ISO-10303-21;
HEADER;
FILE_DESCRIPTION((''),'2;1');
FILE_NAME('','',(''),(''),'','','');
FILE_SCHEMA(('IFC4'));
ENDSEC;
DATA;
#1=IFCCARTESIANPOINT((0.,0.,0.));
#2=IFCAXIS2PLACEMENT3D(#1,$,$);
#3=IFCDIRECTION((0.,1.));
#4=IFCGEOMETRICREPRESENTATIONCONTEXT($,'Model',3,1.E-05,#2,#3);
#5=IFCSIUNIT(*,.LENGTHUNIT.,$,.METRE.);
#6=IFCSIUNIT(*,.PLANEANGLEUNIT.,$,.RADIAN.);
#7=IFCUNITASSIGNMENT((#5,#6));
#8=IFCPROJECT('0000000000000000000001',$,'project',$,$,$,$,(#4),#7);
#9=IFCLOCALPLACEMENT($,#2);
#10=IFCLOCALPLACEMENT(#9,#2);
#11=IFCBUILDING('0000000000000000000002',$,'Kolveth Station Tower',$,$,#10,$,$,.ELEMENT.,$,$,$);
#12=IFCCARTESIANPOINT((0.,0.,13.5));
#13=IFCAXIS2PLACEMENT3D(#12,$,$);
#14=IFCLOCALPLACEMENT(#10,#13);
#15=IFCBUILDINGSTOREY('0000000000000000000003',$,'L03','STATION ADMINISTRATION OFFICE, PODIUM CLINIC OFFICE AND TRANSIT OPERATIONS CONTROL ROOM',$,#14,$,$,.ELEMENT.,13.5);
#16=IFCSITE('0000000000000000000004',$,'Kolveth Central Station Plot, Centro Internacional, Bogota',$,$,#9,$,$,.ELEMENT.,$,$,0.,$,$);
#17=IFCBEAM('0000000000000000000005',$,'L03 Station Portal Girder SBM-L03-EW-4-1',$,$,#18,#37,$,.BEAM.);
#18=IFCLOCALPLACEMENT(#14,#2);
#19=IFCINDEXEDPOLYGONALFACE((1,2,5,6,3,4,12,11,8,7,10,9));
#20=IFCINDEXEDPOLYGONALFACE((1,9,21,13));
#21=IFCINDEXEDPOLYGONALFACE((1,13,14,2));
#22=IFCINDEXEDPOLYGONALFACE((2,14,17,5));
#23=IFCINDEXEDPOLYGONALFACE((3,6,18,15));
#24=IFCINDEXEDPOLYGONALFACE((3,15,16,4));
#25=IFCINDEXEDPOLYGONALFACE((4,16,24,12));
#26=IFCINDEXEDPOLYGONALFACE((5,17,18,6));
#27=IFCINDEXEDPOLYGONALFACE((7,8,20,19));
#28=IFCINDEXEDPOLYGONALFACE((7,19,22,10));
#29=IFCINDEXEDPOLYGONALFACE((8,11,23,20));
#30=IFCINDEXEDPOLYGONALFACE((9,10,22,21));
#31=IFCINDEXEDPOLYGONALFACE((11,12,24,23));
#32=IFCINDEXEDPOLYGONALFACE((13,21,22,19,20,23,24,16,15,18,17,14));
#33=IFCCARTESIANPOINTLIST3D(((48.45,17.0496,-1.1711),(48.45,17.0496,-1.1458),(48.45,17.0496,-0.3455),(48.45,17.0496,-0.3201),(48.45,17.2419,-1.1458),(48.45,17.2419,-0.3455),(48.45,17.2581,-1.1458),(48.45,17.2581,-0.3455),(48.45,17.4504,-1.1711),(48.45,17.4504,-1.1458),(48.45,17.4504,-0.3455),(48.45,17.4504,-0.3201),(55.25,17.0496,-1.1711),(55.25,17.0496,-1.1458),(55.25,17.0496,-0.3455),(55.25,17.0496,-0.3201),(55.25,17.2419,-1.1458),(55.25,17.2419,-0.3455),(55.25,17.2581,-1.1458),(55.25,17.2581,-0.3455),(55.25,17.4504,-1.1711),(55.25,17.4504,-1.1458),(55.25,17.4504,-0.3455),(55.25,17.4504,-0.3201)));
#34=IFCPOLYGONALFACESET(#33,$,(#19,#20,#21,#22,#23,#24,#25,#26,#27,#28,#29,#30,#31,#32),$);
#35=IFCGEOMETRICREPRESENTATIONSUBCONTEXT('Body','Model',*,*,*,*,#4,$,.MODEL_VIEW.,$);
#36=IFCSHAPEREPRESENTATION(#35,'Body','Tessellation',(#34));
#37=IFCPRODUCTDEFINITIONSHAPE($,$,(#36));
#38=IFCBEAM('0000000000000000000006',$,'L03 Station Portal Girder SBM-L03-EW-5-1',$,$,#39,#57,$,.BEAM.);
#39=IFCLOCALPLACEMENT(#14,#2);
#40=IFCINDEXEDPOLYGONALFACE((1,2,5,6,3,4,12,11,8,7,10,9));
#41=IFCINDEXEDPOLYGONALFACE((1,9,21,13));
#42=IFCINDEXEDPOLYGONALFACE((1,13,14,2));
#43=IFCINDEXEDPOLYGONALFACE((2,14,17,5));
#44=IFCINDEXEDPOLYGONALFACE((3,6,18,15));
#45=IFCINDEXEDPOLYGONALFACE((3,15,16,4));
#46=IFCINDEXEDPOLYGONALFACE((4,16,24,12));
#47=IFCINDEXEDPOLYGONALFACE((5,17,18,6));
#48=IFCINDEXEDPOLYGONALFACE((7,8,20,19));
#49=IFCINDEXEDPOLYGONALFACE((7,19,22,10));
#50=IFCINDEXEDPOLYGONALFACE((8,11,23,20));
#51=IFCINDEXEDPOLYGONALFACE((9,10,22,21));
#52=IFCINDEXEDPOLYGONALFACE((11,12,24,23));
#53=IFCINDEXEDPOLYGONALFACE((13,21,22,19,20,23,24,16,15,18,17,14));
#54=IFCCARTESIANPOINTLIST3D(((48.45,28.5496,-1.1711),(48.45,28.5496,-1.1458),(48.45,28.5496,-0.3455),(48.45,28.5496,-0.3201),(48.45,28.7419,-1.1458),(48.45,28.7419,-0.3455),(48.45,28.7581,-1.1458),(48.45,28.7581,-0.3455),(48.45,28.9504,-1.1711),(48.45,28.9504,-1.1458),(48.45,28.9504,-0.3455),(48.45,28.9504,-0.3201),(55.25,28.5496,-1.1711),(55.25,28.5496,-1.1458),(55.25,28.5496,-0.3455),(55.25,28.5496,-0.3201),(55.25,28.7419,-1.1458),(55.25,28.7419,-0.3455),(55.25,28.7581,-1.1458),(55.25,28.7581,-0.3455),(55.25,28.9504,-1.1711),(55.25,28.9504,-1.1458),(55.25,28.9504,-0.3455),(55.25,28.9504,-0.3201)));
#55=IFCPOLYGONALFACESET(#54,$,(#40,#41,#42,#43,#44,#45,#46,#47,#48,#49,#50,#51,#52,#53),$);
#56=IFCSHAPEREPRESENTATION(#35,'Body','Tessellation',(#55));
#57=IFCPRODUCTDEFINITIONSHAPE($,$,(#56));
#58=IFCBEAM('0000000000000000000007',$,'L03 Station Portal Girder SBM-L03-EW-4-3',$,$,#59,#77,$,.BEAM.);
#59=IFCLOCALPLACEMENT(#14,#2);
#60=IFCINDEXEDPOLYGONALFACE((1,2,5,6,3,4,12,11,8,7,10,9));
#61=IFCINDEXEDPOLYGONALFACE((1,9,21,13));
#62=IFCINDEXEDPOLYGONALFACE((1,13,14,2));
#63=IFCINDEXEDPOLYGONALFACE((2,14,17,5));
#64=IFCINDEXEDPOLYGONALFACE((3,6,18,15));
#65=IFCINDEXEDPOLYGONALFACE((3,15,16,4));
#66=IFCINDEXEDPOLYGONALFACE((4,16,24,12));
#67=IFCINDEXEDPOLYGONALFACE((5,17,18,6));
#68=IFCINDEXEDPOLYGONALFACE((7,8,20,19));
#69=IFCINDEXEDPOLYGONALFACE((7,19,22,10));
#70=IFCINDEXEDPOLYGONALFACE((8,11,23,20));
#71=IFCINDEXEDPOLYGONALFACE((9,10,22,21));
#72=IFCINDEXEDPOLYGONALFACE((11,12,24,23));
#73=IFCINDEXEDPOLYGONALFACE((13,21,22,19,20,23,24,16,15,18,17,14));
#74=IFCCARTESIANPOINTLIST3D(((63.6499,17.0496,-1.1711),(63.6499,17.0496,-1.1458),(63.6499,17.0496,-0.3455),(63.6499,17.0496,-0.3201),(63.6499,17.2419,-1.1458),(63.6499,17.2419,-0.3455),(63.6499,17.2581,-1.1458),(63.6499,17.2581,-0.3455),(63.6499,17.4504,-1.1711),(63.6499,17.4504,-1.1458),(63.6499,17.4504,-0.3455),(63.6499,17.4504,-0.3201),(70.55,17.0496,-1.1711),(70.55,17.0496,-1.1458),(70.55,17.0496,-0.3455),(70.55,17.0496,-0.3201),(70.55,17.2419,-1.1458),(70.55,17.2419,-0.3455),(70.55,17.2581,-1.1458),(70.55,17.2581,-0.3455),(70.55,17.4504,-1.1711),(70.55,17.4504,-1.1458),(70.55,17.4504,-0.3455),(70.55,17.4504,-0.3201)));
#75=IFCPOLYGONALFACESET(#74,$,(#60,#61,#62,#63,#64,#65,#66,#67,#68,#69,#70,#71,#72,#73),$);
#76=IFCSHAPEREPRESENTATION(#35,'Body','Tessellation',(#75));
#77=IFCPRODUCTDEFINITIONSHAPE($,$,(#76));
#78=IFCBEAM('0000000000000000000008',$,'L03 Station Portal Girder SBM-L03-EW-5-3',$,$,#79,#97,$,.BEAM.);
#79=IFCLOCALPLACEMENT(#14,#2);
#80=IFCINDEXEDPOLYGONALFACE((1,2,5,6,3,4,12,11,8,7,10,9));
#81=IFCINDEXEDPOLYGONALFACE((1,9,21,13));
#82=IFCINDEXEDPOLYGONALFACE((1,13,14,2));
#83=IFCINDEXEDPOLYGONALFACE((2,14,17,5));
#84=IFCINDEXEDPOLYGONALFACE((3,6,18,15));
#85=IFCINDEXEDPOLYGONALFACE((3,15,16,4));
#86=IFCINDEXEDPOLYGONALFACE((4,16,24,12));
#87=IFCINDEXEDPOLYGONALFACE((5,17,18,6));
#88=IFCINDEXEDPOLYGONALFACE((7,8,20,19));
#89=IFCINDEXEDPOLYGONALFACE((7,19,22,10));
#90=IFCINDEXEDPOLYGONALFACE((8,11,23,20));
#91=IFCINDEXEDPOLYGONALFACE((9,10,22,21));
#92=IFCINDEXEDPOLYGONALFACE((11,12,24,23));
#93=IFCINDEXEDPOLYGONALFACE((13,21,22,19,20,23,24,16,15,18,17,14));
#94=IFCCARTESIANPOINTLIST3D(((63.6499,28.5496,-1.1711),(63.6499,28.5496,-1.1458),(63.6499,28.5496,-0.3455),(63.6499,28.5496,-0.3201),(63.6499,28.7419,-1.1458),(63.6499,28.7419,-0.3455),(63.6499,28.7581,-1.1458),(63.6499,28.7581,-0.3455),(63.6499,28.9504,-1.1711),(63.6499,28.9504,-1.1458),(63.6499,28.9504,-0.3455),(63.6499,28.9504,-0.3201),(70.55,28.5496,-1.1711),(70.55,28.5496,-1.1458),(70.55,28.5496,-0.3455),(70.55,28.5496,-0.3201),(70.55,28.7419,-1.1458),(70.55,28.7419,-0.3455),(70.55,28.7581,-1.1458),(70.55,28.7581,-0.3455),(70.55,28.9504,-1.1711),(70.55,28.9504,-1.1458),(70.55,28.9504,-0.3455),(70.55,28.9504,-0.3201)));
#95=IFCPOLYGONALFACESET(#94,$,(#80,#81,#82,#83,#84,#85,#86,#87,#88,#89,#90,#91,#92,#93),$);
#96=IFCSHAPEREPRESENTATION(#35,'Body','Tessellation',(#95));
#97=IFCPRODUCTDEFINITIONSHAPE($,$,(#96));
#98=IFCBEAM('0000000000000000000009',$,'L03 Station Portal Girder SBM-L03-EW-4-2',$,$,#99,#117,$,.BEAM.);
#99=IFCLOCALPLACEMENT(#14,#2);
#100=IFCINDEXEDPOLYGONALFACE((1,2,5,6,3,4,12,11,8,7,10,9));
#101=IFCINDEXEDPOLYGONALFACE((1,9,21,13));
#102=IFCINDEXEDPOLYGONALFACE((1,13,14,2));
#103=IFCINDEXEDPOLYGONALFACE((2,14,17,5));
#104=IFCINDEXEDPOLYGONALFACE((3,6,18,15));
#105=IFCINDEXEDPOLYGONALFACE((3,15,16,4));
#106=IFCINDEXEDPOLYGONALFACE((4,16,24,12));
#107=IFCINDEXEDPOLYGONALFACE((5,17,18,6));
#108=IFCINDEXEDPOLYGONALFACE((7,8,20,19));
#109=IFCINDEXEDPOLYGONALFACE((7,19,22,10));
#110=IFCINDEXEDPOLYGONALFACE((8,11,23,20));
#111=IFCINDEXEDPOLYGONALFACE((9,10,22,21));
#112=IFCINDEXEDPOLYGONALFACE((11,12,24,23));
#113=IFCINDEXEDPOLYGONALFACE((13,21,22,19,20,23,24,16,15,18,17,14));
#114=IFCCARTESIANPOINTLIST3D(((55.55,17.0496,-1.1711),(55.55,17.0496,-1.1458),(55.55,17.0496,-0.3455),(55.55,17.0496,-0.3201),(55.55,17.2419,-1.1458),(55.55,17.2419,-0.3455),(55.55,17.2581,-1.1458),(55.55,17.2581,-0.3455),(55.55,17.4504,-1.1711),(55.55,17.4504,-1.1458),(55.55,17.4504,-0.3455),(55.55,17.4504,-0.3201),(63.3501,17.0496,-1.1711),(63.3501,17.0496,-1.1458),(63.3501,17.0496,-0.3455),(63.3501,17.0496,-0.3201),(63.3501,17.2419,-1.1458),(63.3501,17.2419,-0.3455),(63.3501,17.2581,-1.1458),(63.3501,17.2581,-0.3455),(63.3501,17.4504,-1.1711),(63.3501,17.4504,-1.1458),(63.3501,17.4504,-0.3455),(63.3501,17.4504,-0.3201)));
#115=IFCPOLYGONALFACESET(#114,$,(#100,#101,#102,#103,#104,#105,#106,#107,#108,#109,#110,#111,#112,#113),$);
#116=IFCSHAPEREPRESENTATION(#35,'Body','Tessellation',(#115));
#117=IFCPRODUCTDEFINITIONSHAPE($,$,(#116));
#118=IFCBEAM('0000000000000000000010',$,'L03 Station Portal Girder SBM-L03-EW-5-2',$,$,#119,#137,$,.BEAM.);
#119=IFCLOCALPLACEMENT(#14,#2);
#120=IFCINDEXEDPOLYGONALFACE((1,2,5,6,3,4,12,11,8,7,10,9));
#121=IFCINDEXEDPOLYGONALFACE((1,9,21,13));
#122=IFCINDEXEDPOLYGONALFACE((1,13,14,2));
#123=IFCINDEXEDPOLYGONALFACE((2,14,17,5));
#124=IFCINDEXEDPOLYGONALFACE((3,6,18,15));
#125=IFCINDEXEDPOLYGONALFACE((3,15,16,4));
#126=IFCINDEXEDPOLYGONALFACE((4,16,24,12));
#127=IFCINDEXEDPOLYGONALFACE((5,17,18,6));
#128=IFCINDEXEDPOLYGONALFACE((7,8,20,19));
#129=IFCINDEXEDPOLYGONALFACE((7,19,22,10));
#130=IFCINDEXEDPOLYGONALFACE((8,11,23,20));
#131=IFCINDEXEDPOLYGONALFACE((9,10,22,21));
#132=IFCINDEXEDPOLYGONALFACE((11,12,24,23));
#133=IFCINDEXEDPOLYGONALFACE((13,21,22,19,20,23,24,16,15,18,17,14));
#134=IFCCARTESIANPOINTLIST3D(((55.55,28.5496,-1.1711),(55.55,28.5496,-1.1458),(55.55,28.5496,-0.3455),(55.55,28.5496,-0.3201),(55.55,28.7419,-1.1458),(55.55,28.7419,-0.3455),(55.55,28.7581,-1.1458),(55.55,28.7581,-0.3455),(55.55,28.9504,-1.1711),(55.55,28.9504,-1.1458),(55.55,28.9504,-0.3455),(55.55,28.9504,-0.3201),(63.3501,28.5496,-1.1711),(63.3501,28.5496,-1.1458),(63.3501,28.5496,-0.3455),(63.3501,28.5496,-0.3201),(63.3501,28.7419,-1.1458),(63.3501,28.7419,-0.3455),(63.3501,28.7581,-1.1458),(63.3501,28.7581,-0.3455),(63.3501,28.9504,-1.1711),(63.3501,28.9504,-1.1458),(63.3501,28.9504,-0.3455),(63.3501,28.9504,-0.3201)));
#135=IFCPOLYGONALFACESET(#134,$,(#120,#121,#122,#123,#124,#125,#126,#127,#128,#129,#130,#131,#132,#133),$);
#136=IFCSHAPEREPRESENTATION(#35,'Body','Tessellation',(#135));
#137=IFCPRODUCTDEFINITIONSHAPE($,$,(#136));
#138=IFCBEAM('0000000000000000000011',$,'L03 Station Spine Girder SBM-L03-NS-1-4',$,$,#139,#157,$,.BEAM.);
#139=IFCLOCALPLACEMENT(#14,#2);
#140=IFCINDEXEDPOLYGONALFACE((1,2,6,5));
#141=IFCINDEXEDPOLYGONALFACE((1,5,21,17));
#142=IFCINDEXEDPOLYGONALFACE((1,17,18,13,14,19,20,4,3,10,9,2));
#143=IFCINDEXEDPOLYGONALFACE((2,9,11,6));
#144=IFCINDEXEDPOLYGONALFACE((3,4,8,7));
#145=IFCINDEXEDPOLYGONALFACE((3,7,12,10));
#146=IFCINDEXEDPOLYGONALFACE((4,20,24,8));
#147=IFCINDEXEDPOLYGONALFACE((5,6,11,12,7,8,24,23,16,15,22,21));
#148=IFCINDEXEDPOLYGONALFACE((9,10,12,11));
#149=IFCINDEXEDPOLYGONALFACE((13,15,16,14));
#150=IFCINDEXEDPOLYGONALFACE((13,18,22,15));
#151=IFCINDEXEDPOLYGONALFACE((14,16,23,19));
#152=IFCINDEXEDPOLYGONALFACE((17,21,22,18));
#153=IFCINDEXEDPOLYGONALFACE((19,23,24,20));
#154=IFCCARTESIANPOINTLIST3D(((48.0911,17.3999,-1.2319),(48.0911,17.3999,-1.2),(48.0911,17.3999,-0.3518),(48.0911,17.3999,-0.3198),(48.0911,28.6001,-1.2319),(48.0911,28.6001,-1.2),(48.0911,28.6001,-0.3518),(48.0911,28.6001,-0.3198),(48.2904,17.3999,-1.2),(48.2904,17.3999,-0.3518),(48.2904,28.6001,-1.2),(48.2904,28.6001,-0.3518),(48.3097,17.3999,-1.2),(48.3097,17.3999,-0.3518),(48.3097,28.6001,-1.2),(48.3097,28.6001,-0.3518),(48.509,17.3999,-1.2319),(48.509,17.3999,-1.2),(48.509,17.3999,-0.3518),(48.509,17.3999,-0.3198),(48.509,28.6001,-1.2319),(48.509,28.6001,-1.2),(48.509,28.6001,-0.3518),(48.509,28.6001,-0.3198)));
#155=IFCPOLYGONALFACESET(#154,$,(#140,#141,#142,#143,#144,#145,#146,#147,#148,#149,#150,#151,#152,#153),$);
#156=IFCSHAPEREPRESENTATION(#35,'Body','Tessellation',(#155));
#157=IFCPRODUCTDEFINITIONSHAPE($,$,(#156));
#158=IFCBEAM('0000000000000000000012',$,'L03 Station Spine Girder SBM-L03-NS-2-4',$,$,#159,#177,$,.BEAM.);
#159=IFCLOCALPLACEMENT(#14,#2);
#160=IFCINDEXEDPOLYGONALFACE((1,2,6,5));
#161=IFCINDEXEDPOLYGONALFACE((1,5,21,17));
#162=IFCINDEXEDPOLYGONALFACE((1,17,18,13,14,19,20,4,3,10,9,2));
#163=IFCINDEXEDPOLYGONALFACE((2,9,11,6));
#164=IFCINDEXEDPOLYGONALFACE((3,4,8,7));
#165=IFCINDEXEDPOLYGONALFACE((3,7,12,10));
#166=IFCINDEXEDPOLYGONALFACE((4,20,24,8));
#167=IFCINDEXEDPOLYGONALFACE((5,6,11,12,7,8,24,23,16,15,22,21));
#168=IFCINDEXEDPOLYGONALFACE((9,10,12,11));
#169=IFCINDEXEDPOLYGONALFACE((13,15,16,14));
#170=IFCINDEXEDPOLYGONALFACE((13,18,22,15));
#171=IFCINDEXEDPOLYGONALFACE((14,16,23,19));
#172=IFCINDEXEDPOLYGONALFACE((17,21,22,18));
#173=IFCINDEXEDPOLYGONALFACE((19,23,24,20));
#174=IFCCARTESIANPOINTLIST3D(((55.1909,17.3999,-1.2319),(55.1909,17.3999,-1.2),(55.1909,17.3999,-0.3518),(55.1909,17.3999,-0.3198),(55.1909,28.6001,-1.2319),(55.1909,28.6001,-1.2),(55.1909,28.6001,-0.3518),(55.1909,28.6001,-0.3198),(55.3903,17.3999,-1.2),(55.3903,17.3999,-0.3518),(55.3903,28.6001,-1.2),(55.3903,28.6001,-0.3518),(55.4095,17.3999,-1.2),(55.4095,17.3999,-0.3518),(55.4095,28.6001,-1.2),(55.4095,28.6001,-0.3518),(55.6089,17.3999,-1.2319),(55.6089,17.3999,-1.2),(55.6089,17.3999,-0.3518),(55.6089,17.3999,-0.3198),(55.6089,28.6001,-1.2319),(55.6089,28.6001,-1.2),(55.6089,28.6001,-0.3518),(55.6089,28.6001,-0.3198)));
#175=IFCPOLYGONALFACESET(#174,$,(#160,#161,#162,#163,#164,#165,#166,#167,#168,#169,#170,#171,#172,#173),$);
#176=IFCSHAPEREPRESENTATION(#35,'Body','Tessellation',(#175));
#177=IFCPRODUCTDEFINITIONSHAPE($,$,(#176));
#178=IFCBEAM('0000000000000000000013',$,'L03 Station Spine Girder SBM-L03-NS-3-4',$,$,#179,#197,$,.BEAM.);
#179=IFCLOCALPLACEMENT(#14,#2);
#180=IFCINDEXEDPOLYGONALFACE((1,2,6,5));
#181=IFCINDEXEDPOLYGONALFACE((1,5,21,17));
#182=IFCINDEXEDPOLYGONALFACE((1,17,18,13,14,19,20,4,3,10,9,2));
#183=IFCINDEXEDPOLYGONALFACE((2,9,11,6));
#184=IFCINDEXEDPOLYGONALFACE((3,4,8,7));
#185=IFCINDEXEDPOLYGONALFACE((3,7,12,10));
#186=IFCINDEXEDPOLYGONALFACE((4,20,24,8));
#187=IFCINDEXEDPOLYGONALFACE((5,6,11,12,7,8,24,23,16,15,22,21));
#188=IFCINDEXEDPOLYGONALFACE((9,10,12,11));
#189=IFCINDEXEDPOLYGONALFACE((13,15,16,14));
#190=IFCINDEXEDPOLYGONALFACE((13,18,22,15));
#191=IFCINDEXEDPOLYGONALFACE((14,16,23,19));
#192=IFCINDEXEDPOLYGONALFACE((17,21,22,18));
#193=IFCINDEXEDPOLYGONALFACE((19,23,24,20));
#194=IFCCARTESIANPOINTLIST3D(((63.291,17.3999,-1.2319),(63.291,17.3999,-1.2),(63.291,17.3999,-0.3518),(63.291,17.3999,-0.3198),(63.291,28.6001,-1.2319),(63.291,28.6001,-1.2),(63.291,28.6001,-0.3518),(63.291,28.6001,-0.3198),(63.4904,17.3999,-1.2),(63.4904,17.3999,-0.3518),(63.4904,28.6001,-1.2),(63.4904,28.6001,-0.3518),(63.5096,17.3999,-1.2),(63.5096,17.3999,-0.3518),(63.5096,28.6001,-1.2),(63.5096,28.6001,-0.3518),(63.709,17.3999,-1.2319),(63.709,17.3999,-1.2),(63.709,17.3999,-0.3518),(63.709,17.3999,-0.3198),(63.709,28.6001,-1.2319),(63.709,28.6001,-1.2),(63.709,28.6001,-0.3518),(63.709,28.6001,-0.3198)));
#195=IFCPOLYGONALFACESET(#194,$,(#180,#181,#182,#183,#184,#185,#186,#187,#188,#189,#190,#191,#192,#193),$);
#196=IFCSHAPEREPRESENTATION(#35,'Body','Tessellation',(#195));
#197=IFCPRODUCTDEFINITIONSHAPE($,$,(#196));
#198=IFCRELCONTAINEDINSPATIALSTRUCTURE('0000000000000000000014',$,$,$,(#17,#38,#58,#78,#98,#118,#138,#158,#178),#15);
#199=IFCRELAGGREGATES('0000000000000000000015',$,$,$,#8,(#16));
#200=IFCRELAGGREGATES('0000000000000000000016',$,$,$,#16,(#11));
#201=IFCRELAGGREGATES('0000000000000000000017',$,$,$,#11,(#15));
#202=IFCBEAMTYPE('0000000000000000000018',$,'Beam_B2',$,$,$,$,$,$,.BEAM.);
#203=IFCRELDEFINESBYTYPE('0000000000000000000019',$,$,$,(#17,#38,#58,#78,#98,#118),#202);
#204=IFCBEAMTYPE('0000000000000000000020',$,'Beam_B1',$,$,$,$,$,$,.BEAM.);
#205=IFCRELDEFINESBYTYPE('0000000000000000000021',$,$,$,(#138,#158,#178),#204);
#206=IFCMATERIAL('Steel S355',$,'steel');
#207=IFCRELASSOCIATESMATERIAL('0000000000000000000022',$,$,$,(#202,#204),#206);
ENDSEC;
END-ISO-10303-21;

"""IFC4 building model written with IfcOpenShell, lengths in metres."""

from ifc_helpers import new_model, si_unit, direction, frame, origin, origin_2d, place, context, subcontext, project, spatial, i_section, extrude, source, transform, mapped, material, material_profile, profile_set, type_object, element, save


model = new_model("IFC4")

# Units and contexts
model_context = context("Model", 3, precision=1e-05, world=origin(), true_north=direction((0.0, 1.0)))
body_context = subcontext(model_context, "Body", "Model", "MODEL_VIEW")
ifc_project = project(units=[si_unit("LENGTHUNIT", "METRE"), si_unit("PLANEANGLEUNIT", "RADIAN")], contexts=[model_context])

# Site, building, storey
site_placement = place(None, origin())
site = spatial("IfcSite", under=ifc_project, at=site_placement, Name="Kolveth Central Station Plot, Centro Internacional, Bogota", CompositionType="ELEMENT", RefElevation=0.0)
building_placement = place(site_placement, origin())
building = spatial("IfcBuilding", under=site, at=building_placement, Name="Kolveth Station Tower", CompositionType="ELEMENT")
storey_placement = place(building_placement, frame((0.0, 0.0, 13.5)))
storey = spatial("IfcBuildingStorey", under=building, at=storey_placement, Name="L03", Description="STATION ADMINISTRATION OFFICE, PODIUM CLINIC OFFICE AND TRANSIT OPERATIONS CONTROL ROOM", CompositionType="ELEMENT", Elevation=13.5)

# Shared definitions
ifc_material_1 = material(Name="Steel S355", Category="steel")

# Beams
ifc_material_profile_1 = material_profile(ifc_material_1, i_section(OverallWidth=0.4009, OverallDepth=0.8511, WebThickness=0.0161, FlangeThickness=0.0254, at=origin_2d()), Name="W840x226")
ifc_profile_set_1 = profile_set([ifc_material_profile_1], Name="Steel S355")
beam_type_1 = type_object("IfcBeamType", Name="Beam_B2", PredefinedType="BEAM", material=ifc_profile_set_1)
shared_shape_1 = source(origin(), body_context, "Body", "SweptSolid", [
    extrude(i_section(OverallWidth=0.4009, OverallDepth=0.8511, WebThickness=0.0161, FlangeThickness=0.0254, at=origin_2d()), origin(), (0.0, 0.0, 1.0), 6.8),
])
for number, where, z_axis, x_axis, name in (
    (1, (48.45, 17.25, -0.7456), (1.0, 0.0, 0.0), (0.0, 1.0, 0.0), "L03 Station Portal Girder SBM-L03-EW-4-1"),
    (2, (48.45, 28.75, -0.7456), (1.0, 0.0, 0.0), (0.0, 1.0, 0.0), "L03 Station Portal Girder SBM-L03-EW-5-1"),
):
    element("IfcBeam", number, at=place(storey_placement, frame(where, z_axis=z_axis, x_axis=x_axis)), inside=storey, type_object=beam_type_1, Name=name, PredefinedType="BEAM", context=body_context, shape_type="MappedRepresentation", body=[
        mapped(shared_shape_1, transform((0.0, 0.0, 0.0), x_axis=(1.0, 0.0, 0.0), y_axis=(0.0, 1.0, 0.0), z_axis=(0.0, 0.0, 1.0), scale=1.0)),
    ])
shared_shape_2 = source(origin(), body_context, "Body", "SweptSolid", [
    extrude(i_section(OverallWidth=0.4009, OverallDepth=0.8511, WebThickness=0.0161, FlangeThickness=0.0254, at=origin_2d()), origin(), (0.0, 0.0, 1.0), 6.9001),
])
for number, where, z_axis, x_axis, name in (
    (3, (63.6499, 17.25, -0.7456), (1.0, 0.0, 0.0), (0.0, 1.0, 0.0), "L03 Station Portal Girder SBM-L03-EW-4-3"),
    (4, (63.6499, 28.75, -0.7456), (1.0, 0.0, 0.0), (0.0, 1.0, 0.0), "L03 Station Portal Girder SBM-L03-EW-5-3"),
):
    element("IfcBeam", number, at=place(storey_placement, frame(where, z_axis=z_axis, x_axis=x_axis)), inside=storey, type_object=beam_type_1, Name=name, PredefinedType="BEAM", context=body_context, shape_type="MappedRepresentation", body=[
        mapped(shared_shape_2, transform((0.0, 0.0, 0.0), x_axis=(1.0, 0.0, 0.0), y_axis=(0.0, 1.0, 0.0), z_axis=(0.0, 0.0, 1.0), scale=1.0)),
    ])
shared_shape_3 = source(origin(), body_context, "Body", "SweptSolid", [
    extrude(i_section(OverallWidth=0.4009, OverallDepth=0.8511, WebThickness=0.0161, FlangeThickness=0.0254, at=origin_2d()), origin(), (0.0, 0.0, 1.0), 7.8),
])
for number, where, z_axis, x_axis, name in (
    (5, (55.55, 17.25, -0.7456), (1.0, 0.0, 0.0), (0.0, 1.0, 0.0), "L03 Station Portal Girder SBM-L03-EW-4-2"),
    (6, (55.55, 28.75, -0.7456), (1.0, 0.0, 0.0), (0.0, 1.0, 0.0), "L03 Station Portal Girder SBM-L03-EW-5-2"),
):
    element("IfcBeam", number, at=place(storey_placement, frame(where, z_axis=z_axis, x_axis=x_axis)), inside=storey, type_object=beam_type_1, Name=name, PredefinedType="BEAM", context=body_context, shape_type="MappedRepresentation", body=[
        mapped(shared_shape_3, transform((0.0, 0.0, 0.0), x_axis=(1.0, 0.0, 0.0), y_axis=(0.0, 1.0, 0.0), z_axis=(0.0, 0.0, 1.0), scale=1.0)),
    ])
ifc_material_profile_2 = material_profile(ifc_material_1, i_section(OverallWidth=0.418, OverallDepth=0.9121, WebThickness=0.0193, FlangeThickness=0.032, at=origin_2d()), Name="W920x342")
ifc_profile_set_2 = profile_set([ifc_material_profile_2], Name="Steel S355")
beam_type_2 = type_object("IfcBeamType", Name="Beam_B1", PredefinedType="BEAM", material=ifc_profile_set_2)
shared_shape_4 = source(origin(), body_context, "Body", "SweptSolid", [
    extrude(i_section(OverallWidth=0.418, OverallDepth=0.9121, WebThickness=0.0193, FlangeThickness=0.032, at=origin_2d()), origin(), (0.0, 0.0, 1.0), 11.2002),
])
for number, where, z_axis, x_axis, name in (
    (7, (48.3, 17.3999, -0.7759), (0.0, 1.0, 0.0), (-1.0, 0.0, 0.0), "L03 Station Spine Girder SBM-L03-NS-1-4"),
    (8, (55.3999, 17.3999, -0.7759), (0.0, 1.0, 0.0), (-1.0, 0.0, 0.0), "L03 Station Spine Girder SBM-L03-NS-2-4"),
    (9, (63.5, 17.3999, -0.7759), (0.0, 1.0, 0.0), (-1.0, 0.0, 0.0), "L03 Station Spine Girder SBM-L03-NS-3-4"),
):
    element("IfcBeam", number, at=place(storey_placement, frame(where, z_axis=z_axis, x_axis=x_axis)), inside=storey, type_object=beam_type_2, Name=name, PredefinedType="BEAM", context=body_context, shape_type="MappedRepresentation", body=[
        mapped(shared_shape_4, transform((0.0, 0.0, 0.0), x_axis=(1.0, 0.0, 0.0), y_axis=(0.0, 1.0, 0.0), z_axis=(0.0, 0.0, 1.0), scale=1.0)),
    ])

save(model, "model.ifc")
